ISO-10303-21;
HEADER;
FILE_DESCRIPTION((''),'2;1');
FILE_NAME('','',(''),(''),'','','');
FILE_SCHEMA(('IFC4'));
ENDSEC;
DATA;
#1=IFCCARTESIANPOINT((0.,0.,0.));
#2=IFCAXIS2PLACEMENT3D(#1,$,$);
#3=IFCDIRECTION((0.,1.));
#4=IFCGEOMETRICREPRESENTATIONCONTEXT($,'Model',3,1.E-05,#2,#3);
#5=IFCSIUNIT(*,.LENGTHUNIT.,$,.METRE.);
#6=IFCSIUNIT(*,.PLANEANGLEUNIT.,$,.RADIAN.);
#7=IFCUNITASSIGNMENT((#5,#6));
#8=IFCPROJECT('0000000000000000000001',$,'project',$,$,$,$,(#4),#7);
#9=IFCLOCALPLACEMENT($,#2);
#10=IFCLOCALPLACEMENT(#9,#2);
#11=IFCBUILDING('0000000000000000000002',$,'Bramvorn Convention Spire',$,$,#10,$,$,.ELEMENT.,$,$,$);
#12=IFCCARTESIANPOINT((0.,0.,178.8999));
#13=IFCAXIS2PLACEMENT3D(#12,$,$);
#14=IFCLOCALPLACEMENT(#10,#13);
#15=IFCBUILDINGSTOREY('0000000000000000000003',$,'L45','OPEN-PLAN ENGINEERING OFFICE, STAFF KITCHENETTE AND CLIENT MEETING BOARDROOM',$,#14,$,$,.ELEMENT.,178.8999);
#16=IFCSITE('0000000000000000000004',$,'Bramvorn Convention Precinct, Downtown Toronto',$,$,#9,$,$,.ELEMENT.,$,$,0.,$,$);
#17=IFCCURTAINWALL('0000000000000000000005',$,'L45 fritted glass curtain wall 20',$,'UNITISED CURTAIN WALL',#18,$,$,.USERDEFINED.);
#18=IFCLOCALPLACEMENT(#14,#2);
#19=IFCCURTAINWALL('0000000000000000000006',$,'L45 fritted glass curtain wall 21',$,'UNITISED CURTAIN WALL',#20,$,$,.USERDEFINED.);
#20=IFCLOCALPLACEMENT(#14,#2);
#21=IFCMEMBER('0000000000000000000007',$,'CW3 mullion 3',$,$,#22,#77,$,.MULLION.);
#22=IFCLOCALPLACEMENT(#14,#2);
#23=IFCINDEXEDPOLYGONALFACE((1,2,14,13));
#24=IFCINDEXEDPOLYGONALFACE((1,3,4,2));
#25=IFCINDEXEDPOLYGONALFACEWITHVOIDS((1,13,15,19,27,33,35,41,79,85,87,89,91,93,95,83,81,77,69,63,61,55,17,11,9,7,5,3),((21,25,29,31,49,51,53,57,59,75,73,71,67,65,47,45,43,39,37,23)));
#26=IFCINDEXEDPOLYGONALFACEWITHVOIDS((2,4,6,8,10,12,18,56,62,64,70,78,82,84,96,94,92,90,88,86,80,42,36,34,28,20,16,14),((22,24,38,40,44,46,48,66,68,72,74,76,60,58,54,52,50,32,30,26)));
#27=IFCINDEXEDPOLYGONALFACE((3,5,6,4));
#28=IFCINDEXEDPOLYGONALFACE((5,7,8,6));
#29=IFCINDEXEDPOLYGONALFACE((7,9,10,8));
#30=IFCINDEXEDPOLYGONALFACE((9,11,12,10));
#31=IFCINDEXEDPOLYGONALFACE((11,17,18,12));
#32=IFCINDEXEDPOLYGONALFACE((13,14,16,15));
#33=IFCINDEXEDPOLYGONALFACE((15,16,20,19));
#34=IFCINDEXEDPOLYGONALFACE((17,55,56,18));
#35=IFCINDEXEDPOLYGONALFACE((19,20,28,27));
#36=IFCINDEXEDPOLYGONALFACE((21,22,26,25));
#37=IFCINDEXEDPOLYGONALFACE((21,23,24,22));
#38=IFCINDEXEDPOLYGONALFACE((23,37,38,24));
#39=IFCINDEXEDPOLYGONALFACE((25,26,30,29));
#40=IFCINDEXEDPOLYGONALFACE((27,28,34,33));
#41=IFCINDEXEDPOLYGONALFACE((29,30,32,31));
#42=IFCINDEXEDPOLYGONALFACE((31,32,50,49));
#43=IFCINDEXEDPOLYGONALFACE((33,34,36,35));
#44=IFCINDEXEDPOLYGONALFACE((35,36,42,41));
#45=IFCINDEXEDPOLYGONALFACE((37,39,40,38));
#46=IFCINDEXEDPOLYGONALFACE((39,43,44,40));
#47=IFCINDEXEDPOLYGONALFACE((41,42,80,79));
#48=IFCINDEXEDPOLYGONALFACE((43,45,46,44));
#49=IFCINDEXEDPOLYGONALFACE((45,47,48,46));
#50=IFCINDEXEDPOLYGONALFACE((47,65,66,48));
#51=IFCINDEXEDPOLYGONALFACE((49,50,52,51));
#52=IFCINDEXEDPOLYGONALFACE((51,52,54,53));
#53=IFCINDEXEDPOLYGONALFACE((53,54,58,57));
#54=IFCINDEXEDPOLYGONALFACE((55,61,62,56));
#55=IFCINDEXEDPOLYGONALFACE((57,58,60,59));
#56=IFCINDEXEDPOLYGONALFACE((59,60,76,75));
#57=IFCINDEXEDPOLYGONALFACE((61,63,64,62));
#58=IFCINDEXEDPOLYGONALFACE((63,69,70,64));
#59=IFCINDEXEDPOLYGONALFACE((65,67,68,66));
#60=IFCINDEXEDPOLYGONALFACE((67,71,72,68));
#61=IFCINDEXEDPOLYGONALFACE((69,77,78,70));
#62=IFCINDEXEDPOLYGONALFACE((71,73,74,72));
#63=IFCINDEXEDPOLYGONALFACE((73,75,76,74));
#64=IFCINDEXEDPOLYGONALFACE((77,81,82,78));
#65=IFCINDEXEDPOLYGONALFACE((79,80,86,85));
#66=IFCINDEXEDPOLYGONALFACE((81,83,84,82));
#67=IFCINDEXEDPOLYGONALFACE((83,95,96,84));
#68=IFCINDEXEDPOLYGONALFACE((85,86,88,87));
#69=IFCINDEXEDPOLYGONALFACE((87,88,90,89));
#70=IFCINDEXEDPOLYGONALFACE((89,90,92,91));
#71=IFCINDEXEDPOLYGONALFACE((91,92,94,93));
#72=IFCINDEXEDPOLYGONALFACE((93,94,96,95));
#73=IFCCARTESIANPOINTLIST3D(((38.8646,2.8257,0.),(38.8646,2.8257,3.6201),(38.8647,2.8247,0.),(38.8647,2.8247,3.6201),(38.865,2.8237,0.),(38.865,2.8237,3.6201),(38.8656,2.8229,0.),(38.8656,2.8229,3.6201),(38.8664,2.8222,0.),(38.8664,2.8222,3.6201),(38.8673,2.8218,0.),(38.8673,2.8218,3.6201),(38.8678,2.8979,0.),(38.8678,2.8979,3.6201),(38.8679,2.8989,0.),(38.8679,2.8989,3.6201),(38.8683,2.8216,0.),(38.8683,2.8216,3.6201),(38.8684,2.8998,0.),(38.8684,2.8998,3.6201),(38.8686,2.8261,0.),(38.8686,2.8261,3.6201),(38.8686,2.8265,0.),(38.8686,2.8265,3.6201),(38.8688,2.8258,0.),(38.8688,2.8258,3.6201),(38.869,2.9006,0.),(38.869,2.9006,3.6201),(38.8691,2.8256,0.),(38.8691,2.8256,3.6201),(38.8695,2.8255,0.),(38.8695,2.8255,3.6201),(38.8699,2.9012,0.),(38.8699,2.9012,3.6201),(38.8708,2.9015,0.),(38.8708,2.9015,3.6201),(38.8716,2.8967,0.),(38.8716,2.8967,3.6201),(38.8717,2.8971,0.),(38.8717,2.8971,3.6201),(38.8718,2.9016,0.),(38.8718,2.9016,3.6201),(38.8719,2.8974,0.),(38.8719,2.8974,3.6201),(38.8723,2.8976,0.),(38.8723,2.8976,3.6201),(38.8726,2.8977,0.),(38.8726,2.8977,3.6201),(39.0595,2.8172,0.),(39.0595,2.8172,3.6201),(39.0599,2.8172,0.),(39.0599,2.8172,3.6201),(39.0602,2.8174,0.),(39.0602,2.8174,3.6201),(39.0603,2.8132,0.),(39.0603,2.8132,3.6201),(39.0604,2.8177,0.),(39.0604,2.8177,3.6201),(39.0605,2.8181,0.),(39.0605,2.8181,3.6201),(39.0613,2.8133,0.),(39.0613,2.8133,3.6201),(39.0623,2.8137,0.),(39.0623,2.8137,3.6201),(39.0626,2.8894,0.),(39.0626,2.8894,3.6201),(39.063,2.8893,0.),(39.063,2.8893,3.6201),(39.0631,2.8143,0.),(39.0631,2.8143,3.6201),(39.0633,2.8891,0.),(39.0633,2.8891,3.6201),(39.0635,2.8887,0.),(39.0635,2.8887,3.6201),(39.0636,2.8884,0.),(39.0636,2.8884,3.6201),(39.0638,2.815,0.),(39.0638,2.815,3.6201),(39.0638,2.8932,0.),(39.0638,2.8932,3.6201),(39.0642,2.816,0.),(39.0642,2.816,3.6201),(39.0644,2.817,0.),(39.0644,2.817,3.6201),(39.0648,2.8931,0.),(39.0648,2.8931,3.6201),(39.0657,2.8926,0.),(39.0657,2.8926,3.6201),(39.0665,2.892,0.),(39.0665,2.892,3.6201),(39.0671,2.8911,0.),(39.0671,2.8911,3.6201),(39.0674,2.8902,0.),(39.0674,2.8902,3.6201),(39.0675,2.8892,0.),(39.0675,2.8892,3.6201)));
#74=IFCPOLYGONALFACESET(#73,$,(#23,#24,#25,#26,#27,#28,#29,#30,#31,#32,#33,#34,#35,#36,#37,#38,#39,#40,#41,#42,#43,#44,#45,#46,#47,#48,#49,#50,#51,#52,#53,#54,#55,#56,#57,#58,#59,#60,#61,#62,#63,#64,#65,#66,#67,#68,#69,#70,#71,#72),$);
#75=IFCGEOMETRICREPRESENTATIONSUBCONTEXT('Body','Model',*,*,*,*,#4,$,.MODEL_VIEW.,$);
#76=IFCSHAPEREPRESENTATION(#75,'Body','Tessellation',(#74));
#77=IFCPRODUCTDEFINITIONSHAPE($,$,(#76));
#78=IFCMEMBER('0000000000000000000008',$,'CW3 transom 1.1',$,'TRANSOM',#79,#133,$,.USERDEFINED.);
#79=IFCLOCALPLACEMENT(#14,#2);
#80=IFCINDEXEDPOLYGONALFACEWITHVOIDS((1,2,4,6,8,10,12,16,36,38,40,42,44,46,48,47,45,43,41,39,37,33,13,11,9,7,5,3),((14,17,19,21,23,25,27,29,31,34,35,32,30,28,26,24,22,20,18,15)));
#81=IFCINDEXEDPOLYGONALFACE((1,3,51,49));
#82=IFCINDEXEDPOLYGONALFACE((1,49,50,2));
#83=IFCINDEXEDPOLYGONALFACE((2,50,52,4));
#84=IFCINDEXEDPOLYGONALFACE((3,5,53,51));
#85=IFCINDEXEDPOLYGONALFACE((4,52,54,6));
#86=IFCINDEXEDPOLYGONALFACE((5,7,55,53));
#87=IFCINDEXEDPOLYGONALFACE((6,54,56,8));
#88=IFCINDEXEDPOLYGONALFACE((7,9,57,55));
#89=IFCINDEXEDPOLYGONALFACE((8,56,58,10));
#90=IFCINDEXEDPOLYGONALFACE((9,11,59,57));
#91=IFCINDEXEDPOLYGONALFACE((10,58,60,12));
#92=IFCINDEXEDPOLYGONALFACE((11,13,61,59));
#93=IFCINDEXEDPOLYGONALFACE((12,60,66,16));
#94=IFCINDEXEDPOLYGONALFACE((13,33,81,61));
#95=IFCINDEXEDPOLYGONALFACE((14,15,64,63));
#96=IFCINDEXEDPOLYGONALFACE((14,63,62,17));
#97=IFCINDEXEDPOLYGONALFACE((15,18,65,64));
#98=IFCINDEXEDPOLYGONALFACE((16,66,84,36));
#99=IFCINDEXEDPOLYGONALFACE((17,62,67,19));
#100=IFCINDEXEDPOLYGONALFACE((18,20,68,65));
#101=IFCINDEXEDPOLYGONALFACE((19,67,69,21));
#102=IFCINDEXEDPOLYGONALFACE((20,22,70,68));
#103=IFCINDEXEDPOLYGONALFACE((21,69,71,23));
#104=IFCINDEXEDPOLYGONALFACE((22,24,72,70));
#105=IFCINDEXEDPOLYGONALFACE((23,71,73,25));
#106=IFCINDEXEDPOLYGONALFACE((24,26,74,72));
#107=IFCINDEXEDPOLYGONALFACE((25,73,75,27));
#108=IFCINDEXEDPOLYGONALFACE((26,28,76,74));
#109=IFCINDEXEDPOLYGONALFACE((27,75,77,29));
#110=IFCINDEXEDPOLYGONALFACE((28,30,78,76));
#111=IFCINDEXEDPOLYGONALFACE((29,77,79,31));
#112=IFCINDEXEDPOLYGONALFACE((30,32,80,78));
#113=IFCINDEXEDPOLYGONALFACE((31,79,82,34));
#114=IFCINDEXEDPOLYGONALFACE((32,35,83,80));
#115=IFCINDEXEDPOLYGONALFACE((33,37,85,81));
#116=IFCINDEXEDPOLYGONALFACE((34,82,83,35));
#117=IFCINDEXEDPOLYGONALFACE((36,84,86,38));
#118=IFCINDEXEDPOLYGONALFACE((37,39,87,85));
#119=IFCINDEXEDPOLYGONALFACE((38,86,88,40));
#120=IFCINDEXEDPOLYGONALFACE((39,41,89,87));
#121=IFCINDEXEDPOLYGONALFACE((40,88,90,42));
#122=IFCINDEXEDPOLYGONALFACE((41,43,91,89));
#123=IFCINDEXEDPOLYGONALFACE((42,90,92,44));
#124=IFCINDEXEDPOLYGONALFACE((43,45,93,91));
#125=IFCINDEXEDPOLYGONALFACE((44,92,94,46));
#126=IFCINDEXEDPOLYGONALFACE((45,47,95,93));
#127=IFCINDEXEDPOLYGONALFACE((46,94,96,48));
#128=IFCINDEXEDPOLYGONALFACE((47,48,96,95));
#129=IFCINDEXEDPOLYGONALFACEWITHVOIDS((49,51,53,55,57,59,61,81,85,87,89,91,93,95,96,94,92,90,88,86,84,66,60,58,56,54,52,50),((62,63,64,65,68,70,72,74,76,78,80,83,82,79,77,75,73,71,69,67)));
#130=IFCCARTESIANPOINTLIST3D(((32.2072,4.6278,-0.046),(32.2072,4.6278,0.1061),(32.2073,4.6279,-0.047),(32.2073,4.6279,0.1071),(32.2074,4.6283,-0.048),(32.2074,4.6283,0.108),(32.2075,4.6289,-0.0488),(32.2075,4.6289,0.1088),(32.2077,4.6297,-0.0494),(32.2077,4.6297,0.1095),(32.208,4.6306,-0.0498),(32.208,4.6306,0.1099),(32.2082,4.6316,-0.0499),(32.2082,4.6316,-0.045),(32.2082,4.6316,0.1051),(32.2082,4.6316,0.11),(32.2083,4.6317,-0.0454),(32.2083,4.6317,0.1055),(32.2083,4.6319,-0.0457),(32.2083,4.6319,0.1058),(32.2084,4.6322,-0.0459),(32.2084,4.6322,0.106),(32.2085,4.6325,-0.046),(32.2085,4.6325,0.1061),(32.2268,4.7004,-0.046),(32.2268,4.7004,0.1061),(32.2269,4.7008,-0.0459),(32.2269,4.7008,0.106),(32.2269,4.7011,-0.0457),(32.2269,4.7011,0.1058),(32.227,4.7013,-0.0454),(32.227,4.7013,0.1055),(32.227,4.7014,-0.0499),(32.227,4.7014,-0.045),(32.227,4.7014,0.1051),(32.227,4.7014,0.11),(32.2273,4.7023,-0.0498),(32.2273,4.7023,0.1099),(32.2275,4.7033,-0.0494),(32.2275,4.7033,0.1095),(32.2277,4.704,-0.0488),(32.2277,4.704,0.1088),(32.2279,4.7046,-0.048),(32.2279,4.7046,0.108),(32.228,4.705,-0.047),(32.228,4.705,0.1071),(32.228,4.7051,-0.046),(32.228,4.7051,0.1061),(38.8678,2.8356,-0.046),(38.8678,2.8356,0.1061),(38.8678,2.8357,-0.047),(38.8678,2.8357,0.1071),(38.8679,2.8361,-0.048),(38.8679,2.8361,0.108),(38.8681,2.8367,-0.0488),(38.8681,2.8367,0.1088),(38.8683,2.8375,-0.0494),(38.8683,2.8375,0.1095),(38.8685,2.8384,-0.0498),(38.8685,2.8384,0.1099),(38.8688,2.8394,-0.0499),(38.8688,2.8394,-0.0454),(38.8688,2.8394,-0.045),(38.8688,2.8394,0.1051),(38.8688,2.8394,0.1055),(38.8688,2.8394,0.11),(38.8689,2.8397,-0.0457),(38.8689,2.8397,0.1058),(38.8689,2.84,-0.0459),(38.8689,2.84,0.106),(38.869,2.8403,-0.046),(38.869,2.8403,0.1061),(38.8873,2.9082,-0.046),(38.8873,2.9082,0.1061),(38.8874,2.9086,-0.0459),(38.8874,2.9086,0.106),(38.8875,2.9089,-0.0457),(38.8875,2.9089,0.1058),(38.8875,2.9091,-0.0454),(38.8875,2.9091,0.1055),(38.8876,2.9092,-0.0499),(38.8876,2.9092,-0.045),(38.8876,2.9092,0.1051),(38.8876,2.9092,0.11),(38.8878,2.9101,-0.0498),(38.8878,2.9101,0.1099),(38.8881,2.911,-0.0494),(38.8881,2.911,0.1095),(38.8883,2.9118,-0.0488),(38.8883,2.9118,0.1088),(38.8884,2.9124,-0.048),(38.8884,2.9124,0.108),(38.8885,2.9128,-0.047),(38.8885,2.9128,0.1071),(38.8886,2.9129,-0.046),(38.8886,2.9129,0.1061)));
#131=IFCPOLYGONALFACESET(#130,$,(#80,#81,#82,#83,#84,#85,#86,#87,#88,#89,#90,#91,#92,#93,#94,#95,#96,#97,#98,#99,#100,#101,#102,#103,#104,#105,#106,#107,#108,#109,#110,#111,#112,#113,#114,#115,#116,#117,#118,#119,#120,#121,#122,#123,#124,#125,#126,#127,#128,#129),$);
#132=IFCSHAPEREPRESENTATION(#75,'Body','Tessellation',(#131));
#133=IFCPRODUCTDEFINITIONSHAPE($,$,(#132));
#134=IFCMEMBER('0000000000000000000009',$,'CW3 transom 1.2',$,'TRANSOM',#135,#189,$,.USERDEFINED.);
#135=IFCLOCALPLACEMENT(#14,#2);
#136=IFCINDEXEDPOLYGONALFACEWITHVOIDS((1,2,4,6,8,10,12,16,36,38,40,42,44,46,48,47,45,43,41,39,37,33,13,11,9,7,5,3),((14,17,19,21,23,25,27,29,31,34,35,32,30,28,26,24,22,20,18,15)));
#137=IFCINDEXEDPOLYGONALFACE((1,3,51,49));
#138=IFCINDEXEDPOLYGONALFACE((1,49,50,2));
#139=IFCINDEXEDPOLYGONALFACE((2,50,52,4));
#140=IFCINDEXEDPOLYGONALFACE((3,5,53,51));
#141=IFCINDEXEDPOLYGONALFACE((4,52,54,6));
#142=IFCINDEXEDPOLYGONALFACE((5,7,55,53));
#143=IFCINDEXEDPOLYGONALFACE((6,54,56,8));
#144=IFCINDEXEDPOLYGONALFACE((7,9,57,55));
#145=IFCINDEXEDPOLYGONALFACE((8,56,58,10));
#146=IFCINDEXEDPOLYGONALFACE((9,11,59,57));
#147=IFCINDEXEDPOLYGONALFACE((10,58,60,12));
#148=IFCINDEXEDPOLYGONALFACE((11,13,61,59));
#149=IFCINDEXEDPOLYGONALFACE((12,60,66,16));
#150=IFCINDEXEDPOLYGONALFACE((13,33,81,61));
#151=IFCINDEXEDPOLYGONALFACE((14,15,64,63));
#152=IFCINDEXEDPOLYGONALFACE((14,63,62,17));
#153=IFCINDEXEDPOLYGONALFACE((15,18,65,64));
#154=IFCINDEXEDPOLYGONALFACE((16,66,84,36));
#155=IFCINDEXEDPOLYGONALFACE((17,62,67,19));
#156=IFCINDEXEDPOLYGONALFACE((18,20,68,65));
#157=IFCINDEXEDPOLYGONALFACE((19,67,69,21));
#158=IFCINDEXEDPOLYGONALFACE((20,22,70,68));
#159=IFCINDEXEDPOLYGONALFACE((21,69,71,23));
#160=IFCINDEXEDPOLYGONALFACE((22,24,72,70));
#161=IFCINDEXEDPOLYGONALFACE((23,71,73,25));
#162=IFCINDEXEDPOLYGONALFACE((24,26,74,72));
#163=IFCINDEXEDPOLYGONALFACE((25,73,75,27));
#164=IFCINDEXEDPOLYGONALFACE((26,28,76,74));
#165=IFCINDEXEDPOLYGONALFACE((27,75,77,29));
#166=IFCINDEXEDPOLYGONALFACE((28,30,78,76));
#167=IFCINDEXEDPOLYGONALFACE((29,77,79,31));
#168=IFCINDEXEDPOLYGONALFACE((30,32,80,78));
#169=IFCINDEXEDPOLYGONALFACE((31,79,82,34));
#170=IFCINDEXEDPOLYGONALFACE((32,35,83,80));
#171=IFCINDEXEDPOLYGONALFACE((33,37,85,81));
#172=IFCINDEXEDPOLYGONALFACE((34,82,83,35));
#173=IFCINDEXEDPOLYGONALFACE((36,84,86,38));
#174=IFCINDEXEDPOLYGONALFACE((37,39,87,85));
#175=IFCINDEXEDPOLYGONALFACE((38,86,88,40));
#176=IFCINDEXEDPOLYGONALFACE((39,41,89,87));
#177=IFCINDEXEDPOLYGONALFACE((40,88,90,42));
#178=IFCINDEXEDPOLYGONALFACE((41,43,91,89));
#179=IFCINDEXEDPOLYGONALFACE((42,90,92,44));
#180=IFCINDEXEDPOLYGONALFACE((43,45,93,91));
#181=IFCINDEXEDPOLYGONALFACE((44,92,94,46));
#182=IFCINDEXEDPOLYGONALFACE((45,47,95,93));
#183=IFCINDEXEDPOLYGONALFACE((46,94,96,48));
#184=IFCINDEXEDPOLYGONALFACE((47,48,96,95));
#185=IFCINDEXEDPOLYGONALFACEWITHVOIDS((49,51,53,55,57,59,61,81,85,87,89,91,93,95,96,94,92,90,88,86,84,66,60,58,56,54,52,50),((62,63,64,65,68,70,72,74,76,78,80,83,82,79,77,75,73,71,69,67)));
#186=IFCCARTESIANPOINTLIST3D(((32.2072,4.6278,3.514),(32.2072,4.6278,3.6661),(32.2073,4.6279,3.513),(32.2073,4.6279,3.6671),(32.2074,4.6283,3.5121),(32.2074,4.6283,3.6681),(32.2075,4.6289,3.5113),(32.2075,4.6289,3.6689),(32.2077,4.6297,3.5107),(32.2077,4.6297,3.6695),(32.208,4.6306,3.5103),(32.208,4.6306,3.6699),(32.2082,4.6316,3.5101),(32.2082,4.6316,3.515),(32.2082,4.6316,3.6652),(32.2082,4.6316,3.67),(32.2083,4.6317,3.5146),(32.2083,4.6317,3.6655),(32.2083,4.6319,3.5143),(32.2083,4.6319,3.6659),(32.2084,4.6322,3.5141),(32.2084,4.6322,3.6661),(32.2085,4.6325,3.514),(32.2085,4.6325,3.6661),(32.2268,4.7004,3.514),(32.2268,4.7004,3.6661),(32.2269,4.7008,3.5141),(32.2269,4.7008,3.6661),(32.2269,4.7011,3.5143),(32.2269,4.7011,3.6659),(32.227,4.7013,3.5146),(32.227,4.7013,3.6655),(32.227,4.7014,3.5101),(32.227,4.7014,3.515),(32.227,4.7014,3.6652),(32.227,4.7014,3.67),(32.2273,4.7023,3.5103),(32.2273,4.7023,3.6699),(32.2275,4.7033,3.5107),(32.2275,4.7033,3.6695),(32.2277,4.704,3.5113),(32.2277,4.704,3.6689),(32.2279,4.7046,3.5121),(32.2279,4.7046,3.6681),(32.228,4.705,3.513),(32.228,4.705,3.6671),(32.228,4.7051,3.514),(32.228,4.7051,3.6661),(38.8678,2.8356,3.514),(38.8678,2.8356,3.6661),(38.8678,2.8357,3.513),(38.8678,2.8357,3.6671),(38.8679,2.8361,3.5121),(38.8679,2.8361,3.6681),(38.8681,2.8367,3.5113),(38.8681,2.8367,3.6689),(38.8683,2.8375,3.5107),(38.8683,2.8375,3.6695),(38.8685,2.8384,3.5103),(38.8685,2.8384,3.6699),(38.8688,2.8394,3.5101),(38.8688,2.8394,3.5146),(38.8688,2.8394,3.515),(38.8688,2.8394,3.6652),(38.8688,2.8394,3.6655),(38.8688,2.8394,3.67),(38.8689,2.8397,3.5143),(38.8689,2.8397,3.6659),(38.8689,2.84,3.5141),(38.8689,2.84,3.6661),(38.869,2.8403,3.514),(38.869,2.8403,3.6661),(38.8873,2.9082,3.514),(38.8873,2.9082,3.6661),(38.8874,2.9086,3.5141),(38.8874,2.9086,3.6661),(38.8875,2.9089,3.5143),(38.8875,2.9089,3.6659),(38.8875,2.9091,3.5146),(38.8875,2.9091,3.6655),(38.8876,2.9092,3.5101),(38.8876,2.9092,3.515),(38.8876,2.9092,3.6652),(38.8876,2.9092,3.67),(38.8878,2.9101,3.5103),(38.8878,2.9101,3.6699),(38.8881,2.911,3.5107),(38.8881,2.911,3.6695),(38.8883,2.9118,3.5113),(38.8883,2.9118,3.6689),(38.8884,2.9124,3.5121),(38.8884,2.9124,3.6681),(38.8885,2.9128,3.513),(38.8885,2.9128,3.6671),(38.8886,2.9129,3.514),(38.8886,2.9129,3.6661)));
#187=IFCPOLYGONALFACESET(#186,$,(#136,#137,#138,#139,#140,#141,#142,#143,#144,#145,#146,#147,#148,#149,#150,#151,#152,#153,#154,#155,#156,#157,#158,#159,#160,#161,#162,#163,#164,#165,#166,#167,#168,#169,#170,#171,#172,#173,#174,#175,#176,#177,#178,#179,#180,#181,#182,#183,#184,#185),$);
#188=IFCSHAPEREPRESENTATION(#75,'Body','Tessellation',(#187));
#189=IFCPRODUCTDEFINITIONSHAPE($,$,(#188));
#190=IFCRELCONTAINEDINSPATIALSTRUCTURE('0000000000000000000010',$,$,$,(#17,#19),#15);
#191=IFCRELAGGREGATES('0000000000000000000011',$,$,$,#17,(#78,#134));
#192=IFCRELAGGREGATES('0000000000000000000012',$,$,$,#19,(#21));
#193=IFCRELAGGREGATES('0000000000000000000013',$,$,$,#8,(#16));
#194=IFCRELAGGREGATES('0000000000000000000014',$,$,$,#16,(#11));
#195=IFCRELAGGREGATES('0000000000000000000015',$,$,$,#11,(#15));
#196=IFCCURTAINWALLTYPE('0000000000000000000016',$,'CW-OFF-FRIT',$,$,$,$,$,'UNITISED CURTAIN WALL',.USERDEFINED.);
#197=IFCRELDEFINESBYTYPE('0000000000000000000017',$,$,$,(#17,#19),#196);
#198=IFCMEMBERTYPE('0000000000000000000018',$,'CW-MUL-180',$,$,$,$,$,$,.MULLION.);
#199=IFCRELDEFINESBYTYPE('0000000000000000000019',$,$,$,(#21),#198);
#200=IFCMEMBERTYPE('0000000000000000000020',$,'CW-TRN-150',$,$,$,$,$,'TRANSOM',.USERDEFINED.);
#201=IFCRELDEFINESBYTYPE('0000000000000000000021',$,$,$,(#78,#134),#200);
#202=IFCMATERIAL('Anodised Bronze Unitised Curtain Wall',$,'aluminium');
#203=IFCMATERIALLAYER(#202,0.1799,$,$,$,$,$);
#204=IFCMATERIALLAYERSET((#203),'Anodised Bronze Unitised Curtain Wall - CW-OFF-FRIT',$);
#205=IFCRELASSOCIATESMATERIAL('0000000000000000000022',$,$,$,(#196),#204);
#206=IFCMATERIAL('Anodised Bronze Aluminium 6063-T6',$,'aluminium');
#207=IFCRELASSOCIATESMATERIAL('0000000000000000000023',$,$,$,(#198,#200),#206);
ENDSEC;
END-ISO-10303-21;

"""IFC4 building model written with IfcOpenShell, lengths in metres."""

from ifc_helpers import new_model, si_unit, direction, frame, origin, origin_2d, place, context, subcontext, project, spatial, hollow_rectangle, extrude, material, layer, layer_set, material_profile, profile_set, type_object, element, aggregate, save


model = new_model("IFC4")

# Units and contexts
model_context = context("Model", 3, precision=1e-05, world=origin(), true_north=direction((0.0, 1.0)))
body_context = subcontext(model_context, "Body", "Model", "MODEL_VIEW")
ifc_project = project(units=[si_unit("LENGTHUNIT", "METRE"), si_unit("PLANEANGLEUNIT", "RADIAN")], contexts=[model_context])

# Site, building, storey
site_placement = place(None, origin())
site = spatial("IfcSite", under=ifc_project, at=site_placement, Name="Bramvorn Convention Precinct, Downtown Toronto", CompositionType="ELEMENT", RefElevation=0.0)
building_placement = place(site_placement, origin())
building = spatial("IfcBuilding", under=site, at=building_placement, Name="Bramvorn Convention Spire", CompositionType="ELEMENT")
storey_placement = place(building_placement, frame((0.0, 0.0, 178.8999)))
storey = spatial("IfcBuildingStorey", under=building, at=storey_placement, Name="L45", Description="OPEN-PLAN ENGINEERING OFFICE, STAFF KITCHENETTE AND CLIENT MEETING BOARDROOM", CompositionType="ELEMENT", Elevation=178.8999)

# Curtain wall
ifc_material_1 = material(Name="Anodised Bronze Unitised Curtain Wall", Category="aluminium")
ifc_layer_1 = layer(ifc_material_1, 0.1799)
ifc_layer_set_1 = layer_set([ifc_layer_1], Name="Anodised Bronze Unitised Curtain Wall - CW-OFF-FRIT")
curtain_wall_type = type_object("IfcCurtainWallType", Name="CW-OFF-FRIT", ElementType="UNITISED CURTAIN WALL", PredefinedType="USERDEFINED", material=ifc_layer_set_1)
curtain_wall_1_placement = place(storey_placement, origin())
curtain_wall_1 = element("IfcCurtainWall", 1, at=curtain_wall_1_placement, inside=storey, type_object=curtain_wall_type, Name="L45 fritted glass curtain wall 20", ObjectType="UNITISED CURTAIN WALL", PredefinedType="USERDEFINED")
ifc_material_2 = material(Name="Anodised Bronze Aluminium 6063-T6", Category="aluminium")
ifc_material_profile_1 = material_profile(ifc_material_2, hollow_rectangle(XDim=0.0801, YDim=0.2, WallThickness=0.0039, InnerFilletRadius=0.001, OuterFilletRadius=0.0039, at=origin_2d()))
ifc_profile_set_1 = profile_set([ifc_material_profile_1], Name="Anodised Bronze Aluminium 6063-T6 - CWM80X200")
member_type_1 = type_object("IfcMemberType", Name="CW-MUL-180", PredefinedType="MULLION", material=ifc_profile_set_1)

# Curtain wall, member
curtain_wall_2_placement = place(storey_placement, origin())
curtain_wall_2 = element("IfcCurtainWall", 2, at=curtain_wall_2_placement, inside=storey, type_object=curtain_wall_type, Name="L45 fritted glass curtain wall 21", ObjectType="UNITISED CURTAIN WALL", PredefinedType="USERDEFINED")
member_1_placement = place(storey_placement, frame((38.9661, 2.8574, 0.0), z_axis=(0.0, 0.0, 1.0), x_axis=(-0.043555, -0.999051, 0.0)))
member_1 = element("IfcMember", 3, at=member_1_placement, type_object=member_type_1, Name="CW3 mullion 3", PredefinedType="MULLION", context=body_context, shape_type="SweptSolid", body=[
    extrude(hollow_rectangle(XDim=0.0801, YDim=0.2, WallThickness=0.0039, InnerFilletRadius=0.001, OuterFilletRadius=0.0039, at=origin_2d()), origin(), (0.0, 0.0, 1.0), 3.6201),
])

# Members
ifc_material_profile_2 = material_profile(ifc_material_2, hollow_rectangle(XDim=0.0801, YDim=0.1599, WallThickness=0.0039, InnerFilletRadius=0.001, OuterFilletRadius=0.0039, at=origin_2d()))
ifc_profile_set_2 = profile_set([ifc_material_profile_2], Name="Anodised Bronze Aluminium 6063-T6 - CWT80X160")
member_type_2 = type_object("IfcMemberType", Name="CW-TRN-150", ElementType="TRANSOM", PredefinedType="USERDEFINED", material=ifc_profile_set_2)
member_2_placement = place(storey_placement, frame((38.8782, 2.8743, 0.03), z_axis=(-0.965653, 0.259836, 0.0), x_axis=(-0.259836, -0.965653, 0.0)))
member_2 = element("IfcMember", 4, at=member_2_placement, type_object=member_type_2, Name="CW3 transom 1.1", ObjectType="TRANSOM", PredefinedType="USERDEFINED", context=body_context, shape_type="SweptSolid", body=[
    extrude(hollow_rectangle(XDim=0.0801, YDim=0.1599, WallThickness=0.0039, InnerFilletRadius=0.001, OuterFilletRadius=0.0039, at=origin_2d()), origin(), (0.0, 0.0, 1.0), 6.8975),
])
member_3_placement = place(storey_placement, frame((38.8782, 2.8743, 3.5901), z_axis=(-0.965653, 0.259836, 0.0), x_axis=(-0.259836, -0.965653, 0.0)))
member_3 = element("IfcMember", 5, at=member_3_placement, type_object=member_type_2, Name="CW3 transom 1.2", ObjectType="TRANSOM", PredefinedType="USERDEFINED", context=body_context, shape_type="SweptSolid", body=[
    extrude(hollow_rectangle(XDim=0.0801, YDim=0.1599, WallThickness=0.0039, InnerFilletRadius=0.001, OuterFilletRadius=0.0039, at=origin_2d()), origin(), (0.0, 0.0, 1.0), 6.8975),
])

aggregate(curtain_wall_1, [member_2, member_3])
aggregate(curtain_wall_2, [member_1])

save(model, "model.ifc")
